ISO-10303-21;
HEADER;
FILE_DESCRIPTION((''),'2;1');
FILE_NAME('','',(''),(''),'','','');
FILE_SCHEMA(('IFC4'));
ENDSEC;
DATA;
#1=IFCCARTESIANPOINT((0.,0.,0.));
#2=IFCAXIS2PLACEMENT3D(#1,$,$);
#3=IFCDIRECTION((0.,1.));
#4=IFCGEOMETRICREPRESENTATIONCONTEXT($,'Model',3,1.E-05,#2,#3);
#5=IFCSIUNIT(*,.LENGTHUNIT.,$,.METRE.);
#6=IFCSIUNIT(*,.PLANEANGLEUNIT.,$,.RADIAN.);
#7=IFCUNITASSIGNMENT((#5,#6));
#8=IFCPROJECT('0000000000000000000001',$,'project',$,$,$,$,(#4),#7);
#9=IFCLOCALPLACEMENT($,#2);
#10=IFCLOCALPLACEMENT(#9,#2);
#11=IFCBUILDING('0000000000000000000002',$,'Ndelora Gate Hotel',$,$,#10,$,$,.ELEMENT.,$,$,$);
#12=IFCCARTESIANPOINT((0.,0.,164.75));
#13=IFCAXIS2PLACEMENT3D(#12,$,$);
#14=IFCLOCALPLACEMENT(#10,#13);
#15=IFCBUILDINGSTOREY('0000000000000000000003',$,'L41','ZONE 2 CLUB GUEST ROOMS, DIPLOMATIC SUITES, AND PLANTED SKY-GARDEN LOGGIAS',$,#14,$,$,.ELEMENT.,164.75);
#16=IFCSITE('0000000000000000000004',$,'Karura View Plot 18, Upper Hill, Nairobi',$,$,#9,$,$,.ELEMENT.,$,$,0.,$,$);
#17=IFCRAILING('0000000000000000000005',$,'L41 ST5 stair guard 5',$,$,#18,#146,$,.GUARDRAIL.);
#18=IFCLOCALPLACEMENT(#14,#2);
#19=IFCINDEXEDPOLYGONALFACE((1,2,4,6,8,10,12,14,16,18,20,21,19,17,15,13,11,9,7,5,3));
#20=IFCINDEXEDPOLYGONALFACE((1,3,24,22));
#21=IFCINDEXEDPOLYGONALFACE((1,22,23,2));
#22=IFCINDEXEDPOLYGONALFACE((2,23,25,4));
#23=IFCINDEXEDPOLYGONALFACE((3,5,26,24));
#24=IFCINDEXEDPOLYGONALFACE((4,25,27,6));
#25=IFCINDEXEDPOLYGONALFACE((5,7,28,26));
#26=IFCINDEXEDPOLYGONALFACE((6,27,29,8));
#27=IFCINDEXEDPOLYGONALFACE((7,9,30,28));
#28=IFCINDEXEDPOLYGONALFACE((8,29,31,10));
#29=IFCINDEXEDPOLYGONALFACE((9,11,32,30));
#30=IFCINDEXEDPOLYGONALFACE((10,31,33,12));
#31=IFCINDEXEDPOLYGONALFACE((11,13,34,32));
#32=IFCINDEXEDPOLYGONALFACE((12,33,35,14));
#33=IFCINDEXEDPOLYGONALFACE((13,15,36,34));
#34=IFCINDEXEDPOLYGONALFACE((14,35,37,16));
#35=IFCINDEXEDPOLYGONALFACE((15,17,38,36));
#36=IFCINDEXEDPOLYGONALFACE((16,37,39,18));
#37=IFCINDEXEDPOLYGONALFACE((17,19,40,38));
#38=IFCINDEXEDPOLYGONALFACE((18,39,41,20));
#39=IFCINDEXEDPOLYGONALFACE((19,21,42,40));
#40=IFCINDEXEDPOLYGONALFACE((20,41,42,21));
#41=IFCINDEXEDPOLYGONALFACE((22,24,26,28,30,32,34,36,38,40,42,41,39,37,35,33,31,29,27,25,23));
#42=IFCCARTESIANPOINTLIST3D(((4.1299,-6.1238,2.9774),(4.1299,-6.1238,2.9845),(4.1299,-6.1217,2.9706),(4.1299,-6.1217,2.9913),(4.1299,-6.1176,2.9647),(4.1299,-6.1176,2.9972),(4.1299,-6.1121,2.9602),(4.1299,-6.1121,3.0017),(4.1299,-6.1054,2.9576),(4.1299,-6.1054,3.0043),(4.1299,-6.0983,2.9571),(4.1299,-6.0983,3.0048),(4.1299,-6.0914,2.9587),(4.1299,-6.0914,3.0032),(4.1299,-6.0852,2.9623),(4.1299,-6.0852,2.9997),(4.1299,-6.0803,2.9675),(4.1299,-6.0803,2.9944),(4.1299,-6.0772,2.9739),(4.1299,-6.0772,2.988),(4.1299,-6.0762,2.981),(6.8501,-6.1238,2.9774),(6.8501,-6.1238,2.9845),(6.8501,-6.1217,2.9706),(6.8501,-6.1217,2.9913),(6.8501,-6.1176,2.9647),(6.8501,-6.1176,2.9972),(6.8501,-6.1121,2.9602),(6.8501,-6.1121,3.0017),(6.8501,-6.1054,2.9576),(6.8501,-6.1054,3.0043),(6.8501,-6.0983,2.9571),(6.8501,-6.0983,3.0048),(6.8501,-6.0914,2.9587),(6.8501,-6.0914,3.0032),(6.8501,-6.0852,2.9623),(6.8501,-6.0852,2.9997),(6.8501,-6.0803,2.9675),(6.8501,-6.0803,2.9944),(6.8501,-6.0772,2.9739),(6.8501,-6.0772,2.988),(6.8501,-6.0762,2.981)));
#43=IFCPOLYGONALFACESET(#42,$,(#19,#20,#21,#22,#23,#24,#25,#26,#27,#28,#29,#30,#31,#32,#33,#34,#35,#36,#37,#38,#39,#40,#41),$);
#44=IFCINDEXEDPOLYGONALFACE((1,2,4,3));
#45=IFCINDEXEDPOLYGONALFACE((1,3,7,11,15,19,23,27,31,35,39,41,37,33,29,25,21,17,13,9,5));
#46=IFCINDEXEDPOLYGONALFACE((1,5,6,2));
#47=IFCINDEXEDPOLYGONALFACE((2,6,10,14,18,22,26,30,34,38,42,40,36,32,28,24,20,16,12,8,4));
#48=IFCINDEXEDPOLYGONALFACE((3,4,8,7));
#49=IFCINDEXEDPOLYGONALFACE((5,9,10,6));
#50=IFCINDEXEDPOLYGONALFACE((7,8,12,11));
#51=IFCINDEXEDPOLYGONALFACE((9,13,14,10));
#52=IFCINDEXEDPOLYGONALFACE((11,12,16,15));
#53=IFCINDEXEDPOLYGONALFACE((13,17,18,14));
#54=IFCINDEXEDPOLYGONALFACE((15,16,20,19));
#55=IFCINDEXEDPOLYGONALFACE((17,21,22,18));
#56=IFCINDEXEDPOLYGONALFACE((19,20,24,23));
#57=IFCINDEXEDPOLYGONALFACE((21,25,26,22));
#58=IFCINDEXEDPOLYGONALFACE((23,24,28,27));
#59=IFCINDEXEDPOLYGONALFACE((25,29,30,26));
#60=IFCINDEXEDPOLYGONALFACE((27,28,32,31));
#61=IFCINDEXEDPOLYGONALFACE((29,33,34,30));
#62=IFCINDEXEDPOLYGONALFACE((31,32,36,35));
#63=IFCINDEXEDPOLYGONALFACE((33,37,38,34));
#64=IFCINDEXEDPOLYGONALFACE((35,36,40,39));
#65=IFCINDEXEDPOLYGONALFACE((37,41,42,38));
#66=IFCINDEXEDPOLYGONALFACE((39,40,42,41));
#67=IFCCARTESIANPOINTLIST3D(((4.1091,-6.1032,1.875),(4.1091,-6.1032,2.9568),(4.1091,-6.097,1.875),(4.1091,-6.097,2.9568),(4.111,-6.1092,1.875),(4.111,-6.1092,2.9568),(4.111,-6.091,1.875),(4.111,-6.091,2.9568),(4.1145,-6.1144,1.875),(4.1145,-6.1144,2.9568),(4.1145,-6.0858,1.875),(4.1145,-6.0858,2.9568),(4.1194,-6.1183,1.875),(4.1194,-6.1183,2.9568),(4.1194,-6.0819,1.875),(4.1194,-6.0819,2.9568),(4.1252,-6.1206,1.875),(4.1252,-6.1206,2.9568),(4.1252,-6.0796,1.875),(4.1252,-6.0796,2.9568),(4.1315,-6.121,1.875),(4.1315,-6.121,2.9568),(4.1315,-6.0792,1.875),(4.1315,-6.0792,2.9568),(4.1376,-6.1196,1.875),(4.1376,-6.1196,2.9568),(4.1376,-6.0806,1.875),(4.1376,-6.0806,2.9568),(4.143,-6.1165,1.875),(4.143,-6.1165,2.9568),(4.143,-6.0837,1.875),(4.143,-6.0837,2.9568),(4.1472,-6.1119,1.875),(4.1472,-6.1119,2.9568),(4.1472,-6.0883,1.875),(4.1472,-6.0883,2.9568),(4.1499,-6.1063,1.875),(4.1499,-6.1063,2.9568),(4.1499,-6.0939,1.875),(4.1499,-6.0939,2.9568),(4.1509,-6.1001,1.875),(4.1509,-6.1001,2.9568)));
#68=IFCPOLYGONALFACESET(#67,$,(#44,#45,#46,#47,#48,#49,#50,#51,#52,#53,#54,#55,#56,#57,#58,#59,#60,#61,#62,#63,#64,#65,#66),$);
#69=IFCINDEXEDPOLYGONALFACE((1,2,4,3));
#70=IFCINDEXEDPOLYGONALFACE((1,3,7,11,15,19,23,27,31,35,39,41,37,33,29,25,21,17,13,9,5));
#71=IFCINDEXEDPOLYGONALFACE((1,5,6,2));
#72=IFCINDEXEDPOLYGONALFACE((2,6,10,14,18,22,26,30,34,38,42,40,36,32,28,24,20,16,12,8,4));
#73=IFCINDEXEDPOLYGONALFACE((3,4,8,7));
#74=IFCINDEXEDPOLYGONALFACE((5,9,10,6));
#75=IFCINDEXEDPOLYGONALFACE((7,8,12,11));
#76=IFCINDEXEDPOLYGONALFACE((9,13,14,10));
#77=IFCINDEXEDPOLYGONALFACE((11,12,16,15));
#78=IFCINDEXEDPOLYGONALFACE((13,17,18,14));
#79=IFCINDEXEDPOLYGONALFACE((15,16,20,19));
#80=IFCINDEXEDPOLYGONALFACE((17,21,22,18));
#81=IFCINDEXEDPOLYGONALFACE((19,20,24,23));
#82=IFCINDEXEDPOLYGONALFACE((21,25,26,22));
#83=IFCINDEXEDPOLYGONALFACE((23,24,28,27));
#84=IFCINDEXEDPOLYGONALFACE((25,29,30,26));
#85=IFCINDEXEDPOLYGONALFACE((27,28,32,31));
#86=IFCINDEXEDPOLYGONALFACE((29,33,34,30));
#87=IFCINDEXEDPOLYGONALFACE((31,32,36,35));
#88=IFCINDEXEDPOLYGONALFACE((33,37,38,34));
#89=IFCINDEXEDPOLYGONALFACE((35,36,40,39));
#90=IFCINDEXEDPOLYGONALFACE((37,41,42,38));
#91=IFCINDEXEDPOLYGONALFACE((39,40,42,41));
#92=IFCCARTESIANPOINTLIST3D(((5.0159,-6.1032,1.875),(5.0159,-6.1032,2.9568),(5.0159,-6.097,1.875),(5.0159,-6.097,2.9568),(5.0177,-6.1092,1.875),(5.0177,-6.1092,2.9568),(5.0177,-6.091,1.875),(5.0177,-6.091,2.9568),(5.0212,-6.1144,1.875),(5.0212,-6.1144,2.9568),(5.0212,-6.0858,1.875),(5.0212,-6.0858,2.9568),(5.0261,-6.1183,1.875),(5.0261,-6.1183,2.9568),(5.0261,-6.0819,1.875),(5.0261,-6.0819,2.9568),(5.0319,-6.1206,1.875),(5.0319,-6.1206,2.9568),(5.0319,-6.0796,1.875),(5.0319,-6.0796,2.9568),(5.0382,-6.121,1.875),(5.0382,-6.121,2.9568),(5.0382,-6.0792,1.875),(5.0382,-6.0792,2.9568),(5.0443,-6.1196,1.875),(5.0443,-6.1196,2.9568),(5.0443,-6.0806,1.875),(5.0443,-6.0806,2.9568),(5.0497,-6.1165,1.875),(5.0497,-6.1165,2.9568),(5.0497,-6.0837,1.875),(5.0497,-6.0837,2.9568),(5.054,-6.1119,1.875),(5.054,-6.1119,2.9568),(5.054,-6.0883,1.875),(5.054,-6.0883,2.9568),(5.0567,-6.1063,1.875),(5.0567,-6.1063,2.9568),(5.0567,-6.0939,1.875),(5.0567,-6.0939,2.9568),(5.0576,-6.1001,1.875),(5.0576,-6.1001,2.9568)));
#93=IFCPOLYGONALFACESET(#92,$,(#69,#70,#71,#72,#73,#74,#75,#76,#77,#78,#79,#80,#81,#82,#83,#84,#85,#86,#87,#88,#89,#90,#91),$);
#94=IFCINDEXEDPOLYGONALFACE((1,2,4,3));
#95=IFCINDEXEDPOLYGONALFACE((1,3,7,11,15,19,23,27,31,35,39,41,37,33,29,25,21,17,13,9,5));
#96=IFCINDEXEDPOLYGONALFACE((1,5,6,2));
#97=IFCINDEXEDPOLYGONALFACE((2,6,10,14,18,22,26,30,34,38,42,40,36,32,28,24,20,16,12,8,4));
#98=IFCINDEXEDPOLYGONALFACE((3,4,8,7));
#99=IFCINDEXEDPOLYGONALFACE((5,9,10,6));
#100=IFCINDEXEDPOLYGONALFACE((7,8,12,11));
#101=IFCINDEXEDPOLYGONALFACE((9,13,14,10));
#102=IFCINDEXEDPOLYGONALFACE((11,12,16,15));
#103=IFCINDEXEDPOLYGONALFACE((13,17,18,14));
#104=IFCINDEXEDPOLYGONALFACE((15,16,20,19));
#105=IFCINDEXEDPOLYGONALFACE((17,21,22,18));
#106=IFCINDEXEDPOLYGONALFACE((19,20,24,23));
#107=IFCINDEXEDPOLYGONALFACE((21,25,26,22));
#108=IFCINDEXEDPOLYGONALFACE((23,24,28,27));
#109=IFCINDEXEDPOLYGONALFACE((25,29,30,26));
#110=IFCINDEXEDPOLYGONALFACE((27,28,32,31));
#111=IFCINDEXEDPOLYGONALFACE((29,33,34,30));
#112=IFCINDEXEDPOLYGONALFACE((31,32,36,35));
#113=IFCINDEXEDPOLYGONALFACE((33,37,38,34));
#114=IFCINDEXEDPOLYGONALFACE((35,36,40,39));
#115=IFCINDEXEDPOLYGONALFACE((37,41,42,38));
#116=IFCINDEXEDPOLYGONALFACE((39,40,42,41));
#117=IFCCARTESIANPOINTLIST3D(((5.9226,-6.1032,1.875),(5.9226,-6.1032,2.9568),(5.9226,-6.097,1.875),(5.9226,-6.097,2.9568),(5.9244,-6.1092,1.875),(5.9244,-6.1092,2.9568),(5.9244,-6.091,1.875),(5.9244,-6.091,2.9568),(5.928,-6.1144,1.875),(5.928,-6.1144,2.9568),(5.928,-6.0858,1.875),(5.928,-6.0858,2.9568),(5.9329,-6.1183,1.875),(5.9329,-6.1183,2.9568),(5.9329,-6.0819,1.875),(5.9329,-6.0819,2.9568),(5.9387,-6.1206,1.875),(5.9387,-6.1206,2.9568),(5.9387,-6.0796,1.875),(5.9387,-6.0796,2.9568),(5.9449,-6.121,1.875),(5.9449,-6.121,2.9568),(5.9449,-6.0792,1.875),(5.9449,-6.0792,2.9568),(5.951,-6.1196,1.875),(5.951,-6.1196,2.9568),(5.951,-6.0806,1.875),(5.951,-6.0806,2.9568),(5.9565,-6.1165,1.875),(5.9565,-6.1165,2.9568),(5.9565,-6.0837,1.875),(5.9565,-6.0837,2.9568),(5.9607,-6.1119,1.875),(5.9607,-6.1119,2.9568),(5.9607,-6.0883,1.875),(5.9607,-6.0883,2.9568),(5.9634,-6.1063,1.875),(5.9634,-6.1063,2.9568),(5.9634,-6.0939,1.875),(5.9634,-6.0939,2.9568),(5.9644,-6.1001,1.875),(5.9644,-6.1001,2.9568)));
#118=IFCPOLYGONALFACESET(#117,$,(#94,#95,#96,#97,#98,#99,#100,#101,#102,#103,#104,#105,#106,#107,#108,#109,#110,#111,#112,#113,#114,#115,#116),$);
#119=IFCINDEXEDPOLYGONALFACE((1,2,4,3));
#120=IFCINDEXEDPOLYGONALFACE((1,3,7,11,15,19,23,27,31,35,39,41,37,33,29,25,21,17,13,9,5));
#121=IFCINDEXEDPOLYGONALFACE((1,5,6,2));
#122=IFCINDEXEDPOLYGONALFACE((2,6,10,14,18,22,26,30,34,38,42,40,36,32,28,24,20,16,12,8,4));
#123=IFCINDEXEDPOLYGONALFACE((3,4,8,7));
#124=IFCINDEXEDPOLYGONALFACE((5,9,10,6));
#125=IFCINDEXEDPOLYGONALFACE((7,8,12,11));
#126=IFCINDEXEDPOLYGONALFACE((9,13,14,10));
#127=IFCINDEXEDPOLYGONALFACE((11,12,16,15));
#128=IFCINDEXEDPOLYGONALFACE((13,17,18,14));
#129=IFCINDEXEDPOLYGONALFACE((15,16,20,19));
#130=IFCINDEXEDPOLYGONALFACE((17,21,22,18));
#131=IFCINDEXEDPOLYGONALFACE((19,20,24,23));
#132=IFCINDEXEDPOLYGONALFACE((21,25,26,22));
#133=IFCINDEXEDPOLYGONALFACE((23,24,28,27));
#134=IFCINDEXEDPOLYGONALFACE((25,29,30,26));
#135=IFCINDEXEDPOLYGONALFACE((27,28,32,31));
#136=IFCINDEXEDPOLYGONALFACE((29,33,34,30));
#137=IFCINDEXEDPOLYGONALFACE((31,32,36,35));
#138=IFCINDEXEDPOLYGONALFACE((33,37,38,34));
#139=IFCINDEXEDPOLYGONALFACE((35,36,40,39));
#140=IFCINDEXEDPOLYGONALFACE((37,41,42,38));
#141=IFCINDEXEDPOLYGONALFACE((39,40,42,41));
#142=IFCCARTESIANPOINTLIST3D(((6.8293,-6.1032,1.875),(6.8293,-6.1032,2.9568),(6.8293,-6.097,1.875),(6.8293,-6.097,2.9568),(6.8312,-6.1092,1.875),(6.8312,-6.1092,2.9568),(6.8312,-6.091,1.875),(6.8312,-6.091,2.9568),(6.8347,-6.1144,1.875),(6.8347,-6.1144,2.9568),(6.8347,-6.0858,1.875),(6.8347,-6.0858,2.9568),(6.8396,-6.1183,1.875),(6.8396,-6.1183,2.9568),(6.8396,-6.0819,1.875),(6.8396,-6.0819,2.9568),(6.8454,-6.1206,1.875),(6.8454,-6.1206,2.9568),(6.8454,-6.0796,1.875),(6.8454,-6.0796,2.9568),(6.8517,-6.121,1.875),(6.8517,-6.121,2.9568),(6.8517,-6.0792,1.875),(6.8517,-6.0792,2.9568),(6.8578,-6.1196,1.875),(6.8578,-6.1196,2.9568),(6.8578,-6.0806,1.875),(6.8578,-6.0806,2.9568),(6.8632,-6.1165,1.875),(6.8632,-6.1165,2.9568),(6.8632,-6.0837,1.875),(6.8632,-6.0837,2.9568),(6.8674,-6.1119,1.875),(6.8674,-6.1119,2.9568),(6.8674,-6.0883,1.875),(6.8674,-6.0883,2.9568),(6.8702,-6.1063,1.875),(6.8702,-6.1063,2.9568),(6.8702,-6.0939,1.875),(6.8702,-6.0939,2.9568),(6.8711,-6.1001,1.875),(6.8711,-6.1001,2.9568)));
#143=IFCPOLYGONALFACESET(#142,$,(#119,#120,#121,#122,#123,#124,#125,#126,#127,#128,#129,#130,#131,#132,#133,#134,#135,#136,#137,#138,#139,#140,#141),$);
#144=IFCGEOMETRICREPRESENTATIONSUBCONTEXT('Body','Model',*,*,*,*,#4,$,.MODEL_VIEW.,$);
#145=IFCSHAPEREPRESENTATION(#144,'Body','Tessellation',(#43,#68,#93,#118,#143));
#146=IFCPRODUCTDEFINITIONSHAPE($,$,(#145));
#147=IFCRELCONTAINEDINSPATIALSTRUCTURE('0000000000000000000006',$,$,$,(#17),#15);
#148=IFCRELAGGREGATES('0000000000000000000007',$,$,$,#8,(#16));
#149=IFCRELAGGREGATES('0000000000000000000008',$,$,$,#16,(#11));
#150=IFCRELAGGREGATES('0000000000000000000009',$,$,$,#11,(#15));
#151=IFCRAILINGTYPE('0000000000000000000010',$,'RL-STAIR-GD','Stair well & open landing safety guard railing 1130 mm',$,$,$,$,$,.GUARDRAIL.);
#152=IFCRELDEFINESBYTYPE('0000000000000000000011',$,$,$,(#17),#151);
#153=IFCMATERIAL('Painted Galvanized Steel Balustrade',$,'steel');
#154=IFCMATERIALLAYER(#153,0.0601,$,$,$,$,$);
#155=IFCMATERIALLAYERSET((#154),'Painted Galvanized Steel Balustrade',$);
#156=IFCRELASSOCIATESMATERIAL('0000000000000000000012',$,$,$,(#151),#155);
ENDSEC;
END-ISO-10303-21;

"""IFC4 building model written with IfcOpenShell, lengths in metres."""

from ifc_helpers import new_model, si_unit, direction, frame, origin, origin_2d, place, context, subcontext, project, spatial, circle, extrude, material, layer, layer_set, type_object, element, save


model = new_model("IFC4")

# Units and contexts
model_context = context("Model", 3, precision=1e-05, world=origin(), true_north=direction((0.0, 1.0)))
body_context = subcontext(model_context, "Body", "Model", "MODEL_VIEW")
ifc_project = project(units=[si_unit("LENGTHUNIT", "METRE"), si_unit("PLANEANGLEUNIT", "RADIAN")], contexts=[model_context])

# Site, building, storey
site_placement = place(None, origin())
site = spatial("IfcSite", under=ifc_project, at=site_placement, Name="Karura View Plot 18, Upper Hill, Nairobi", CompositionType="ELEMENT", RefElevation=0.0)
building_placement = place(site_placement, origin())
building = spatial("IfcBuilding", under=site, at=building_placement, Name="Ndelora Gate Hotel", CompositionType="ELEMENT")
storey_placement = place(building_placement, frame((0.0, 0.0, 164.75)))
storey = spatial("IfcBuildingStorey", under=building, at=storey_placement, Name="L41", Description="ZONE 2 CLUB GUEST ROOMS, DIPLOMATIC SUITES, AND PLANTED SKY-GARDEN LOGGIAS", CompositionType="ELEMENT", Elevation=164.75)

# Railing
ifc_material_1 = material(Name="Painted Galvanized Steel Balustrade", Category="steel")
ifc_layer_1 = layer(ifc_material_1, 0.0601)
ifc_layer_set_1 = layer_set([ifc_layer_1], Name="Painted Galvanized Steel Balustrade")
railing_type_1 = type_object("IfcRailingType", Name="RL-STAIR-GD", Description="Stair well & open landing safety guard railing 1130 mm", PredefinedType="GUARDRAIL", material=ifc_layer_set_1)
railing_1_placement = place(storey_placement, frame((4.1299, -6.1001, 1.875)))
element("IfcRailing", 1, at=railing_1_placement, inside=storey, type_object=railing_type_1, Name="L41 ST5 stair guard 5", PredefinedType="GUARDRAIL", context=body_context, shape_type="SweptSolid", body=[
    extrude(circle(Radius=0.0239, at=origin_2d()), frame((0.0, 0.0, 1.106), z_axis=(1.0, 0.0, 0.0), x_axis=(0.0, 1.0, 0.0)), (0.0, 0.0, 1.0), 2.7202),
    extrude(circle(Radius=0.021, at=origin_2d()), origin(), (0.0, 0.0, 1.0), 1.0818),
    extrude(circle(Radius=0.021, at=origin_2d()), frame((0.9067, 0.0, 0.0)), (0.0, 0.0, 1.0), 1.0818),
    extrude(circle(Radius=0.021, at=origin_2d()), frame((1.8135, 0.0, 0.0)), (0.0, 0.0, 1.0), 1.0818),
    extrude(circle(Radius=0.021, at=origin_2d()), frame((2.7202, 0.0, 0.0)), (0.0, 0.0, 1.0), 1.0818),
])

save(model, "model.ifc")
